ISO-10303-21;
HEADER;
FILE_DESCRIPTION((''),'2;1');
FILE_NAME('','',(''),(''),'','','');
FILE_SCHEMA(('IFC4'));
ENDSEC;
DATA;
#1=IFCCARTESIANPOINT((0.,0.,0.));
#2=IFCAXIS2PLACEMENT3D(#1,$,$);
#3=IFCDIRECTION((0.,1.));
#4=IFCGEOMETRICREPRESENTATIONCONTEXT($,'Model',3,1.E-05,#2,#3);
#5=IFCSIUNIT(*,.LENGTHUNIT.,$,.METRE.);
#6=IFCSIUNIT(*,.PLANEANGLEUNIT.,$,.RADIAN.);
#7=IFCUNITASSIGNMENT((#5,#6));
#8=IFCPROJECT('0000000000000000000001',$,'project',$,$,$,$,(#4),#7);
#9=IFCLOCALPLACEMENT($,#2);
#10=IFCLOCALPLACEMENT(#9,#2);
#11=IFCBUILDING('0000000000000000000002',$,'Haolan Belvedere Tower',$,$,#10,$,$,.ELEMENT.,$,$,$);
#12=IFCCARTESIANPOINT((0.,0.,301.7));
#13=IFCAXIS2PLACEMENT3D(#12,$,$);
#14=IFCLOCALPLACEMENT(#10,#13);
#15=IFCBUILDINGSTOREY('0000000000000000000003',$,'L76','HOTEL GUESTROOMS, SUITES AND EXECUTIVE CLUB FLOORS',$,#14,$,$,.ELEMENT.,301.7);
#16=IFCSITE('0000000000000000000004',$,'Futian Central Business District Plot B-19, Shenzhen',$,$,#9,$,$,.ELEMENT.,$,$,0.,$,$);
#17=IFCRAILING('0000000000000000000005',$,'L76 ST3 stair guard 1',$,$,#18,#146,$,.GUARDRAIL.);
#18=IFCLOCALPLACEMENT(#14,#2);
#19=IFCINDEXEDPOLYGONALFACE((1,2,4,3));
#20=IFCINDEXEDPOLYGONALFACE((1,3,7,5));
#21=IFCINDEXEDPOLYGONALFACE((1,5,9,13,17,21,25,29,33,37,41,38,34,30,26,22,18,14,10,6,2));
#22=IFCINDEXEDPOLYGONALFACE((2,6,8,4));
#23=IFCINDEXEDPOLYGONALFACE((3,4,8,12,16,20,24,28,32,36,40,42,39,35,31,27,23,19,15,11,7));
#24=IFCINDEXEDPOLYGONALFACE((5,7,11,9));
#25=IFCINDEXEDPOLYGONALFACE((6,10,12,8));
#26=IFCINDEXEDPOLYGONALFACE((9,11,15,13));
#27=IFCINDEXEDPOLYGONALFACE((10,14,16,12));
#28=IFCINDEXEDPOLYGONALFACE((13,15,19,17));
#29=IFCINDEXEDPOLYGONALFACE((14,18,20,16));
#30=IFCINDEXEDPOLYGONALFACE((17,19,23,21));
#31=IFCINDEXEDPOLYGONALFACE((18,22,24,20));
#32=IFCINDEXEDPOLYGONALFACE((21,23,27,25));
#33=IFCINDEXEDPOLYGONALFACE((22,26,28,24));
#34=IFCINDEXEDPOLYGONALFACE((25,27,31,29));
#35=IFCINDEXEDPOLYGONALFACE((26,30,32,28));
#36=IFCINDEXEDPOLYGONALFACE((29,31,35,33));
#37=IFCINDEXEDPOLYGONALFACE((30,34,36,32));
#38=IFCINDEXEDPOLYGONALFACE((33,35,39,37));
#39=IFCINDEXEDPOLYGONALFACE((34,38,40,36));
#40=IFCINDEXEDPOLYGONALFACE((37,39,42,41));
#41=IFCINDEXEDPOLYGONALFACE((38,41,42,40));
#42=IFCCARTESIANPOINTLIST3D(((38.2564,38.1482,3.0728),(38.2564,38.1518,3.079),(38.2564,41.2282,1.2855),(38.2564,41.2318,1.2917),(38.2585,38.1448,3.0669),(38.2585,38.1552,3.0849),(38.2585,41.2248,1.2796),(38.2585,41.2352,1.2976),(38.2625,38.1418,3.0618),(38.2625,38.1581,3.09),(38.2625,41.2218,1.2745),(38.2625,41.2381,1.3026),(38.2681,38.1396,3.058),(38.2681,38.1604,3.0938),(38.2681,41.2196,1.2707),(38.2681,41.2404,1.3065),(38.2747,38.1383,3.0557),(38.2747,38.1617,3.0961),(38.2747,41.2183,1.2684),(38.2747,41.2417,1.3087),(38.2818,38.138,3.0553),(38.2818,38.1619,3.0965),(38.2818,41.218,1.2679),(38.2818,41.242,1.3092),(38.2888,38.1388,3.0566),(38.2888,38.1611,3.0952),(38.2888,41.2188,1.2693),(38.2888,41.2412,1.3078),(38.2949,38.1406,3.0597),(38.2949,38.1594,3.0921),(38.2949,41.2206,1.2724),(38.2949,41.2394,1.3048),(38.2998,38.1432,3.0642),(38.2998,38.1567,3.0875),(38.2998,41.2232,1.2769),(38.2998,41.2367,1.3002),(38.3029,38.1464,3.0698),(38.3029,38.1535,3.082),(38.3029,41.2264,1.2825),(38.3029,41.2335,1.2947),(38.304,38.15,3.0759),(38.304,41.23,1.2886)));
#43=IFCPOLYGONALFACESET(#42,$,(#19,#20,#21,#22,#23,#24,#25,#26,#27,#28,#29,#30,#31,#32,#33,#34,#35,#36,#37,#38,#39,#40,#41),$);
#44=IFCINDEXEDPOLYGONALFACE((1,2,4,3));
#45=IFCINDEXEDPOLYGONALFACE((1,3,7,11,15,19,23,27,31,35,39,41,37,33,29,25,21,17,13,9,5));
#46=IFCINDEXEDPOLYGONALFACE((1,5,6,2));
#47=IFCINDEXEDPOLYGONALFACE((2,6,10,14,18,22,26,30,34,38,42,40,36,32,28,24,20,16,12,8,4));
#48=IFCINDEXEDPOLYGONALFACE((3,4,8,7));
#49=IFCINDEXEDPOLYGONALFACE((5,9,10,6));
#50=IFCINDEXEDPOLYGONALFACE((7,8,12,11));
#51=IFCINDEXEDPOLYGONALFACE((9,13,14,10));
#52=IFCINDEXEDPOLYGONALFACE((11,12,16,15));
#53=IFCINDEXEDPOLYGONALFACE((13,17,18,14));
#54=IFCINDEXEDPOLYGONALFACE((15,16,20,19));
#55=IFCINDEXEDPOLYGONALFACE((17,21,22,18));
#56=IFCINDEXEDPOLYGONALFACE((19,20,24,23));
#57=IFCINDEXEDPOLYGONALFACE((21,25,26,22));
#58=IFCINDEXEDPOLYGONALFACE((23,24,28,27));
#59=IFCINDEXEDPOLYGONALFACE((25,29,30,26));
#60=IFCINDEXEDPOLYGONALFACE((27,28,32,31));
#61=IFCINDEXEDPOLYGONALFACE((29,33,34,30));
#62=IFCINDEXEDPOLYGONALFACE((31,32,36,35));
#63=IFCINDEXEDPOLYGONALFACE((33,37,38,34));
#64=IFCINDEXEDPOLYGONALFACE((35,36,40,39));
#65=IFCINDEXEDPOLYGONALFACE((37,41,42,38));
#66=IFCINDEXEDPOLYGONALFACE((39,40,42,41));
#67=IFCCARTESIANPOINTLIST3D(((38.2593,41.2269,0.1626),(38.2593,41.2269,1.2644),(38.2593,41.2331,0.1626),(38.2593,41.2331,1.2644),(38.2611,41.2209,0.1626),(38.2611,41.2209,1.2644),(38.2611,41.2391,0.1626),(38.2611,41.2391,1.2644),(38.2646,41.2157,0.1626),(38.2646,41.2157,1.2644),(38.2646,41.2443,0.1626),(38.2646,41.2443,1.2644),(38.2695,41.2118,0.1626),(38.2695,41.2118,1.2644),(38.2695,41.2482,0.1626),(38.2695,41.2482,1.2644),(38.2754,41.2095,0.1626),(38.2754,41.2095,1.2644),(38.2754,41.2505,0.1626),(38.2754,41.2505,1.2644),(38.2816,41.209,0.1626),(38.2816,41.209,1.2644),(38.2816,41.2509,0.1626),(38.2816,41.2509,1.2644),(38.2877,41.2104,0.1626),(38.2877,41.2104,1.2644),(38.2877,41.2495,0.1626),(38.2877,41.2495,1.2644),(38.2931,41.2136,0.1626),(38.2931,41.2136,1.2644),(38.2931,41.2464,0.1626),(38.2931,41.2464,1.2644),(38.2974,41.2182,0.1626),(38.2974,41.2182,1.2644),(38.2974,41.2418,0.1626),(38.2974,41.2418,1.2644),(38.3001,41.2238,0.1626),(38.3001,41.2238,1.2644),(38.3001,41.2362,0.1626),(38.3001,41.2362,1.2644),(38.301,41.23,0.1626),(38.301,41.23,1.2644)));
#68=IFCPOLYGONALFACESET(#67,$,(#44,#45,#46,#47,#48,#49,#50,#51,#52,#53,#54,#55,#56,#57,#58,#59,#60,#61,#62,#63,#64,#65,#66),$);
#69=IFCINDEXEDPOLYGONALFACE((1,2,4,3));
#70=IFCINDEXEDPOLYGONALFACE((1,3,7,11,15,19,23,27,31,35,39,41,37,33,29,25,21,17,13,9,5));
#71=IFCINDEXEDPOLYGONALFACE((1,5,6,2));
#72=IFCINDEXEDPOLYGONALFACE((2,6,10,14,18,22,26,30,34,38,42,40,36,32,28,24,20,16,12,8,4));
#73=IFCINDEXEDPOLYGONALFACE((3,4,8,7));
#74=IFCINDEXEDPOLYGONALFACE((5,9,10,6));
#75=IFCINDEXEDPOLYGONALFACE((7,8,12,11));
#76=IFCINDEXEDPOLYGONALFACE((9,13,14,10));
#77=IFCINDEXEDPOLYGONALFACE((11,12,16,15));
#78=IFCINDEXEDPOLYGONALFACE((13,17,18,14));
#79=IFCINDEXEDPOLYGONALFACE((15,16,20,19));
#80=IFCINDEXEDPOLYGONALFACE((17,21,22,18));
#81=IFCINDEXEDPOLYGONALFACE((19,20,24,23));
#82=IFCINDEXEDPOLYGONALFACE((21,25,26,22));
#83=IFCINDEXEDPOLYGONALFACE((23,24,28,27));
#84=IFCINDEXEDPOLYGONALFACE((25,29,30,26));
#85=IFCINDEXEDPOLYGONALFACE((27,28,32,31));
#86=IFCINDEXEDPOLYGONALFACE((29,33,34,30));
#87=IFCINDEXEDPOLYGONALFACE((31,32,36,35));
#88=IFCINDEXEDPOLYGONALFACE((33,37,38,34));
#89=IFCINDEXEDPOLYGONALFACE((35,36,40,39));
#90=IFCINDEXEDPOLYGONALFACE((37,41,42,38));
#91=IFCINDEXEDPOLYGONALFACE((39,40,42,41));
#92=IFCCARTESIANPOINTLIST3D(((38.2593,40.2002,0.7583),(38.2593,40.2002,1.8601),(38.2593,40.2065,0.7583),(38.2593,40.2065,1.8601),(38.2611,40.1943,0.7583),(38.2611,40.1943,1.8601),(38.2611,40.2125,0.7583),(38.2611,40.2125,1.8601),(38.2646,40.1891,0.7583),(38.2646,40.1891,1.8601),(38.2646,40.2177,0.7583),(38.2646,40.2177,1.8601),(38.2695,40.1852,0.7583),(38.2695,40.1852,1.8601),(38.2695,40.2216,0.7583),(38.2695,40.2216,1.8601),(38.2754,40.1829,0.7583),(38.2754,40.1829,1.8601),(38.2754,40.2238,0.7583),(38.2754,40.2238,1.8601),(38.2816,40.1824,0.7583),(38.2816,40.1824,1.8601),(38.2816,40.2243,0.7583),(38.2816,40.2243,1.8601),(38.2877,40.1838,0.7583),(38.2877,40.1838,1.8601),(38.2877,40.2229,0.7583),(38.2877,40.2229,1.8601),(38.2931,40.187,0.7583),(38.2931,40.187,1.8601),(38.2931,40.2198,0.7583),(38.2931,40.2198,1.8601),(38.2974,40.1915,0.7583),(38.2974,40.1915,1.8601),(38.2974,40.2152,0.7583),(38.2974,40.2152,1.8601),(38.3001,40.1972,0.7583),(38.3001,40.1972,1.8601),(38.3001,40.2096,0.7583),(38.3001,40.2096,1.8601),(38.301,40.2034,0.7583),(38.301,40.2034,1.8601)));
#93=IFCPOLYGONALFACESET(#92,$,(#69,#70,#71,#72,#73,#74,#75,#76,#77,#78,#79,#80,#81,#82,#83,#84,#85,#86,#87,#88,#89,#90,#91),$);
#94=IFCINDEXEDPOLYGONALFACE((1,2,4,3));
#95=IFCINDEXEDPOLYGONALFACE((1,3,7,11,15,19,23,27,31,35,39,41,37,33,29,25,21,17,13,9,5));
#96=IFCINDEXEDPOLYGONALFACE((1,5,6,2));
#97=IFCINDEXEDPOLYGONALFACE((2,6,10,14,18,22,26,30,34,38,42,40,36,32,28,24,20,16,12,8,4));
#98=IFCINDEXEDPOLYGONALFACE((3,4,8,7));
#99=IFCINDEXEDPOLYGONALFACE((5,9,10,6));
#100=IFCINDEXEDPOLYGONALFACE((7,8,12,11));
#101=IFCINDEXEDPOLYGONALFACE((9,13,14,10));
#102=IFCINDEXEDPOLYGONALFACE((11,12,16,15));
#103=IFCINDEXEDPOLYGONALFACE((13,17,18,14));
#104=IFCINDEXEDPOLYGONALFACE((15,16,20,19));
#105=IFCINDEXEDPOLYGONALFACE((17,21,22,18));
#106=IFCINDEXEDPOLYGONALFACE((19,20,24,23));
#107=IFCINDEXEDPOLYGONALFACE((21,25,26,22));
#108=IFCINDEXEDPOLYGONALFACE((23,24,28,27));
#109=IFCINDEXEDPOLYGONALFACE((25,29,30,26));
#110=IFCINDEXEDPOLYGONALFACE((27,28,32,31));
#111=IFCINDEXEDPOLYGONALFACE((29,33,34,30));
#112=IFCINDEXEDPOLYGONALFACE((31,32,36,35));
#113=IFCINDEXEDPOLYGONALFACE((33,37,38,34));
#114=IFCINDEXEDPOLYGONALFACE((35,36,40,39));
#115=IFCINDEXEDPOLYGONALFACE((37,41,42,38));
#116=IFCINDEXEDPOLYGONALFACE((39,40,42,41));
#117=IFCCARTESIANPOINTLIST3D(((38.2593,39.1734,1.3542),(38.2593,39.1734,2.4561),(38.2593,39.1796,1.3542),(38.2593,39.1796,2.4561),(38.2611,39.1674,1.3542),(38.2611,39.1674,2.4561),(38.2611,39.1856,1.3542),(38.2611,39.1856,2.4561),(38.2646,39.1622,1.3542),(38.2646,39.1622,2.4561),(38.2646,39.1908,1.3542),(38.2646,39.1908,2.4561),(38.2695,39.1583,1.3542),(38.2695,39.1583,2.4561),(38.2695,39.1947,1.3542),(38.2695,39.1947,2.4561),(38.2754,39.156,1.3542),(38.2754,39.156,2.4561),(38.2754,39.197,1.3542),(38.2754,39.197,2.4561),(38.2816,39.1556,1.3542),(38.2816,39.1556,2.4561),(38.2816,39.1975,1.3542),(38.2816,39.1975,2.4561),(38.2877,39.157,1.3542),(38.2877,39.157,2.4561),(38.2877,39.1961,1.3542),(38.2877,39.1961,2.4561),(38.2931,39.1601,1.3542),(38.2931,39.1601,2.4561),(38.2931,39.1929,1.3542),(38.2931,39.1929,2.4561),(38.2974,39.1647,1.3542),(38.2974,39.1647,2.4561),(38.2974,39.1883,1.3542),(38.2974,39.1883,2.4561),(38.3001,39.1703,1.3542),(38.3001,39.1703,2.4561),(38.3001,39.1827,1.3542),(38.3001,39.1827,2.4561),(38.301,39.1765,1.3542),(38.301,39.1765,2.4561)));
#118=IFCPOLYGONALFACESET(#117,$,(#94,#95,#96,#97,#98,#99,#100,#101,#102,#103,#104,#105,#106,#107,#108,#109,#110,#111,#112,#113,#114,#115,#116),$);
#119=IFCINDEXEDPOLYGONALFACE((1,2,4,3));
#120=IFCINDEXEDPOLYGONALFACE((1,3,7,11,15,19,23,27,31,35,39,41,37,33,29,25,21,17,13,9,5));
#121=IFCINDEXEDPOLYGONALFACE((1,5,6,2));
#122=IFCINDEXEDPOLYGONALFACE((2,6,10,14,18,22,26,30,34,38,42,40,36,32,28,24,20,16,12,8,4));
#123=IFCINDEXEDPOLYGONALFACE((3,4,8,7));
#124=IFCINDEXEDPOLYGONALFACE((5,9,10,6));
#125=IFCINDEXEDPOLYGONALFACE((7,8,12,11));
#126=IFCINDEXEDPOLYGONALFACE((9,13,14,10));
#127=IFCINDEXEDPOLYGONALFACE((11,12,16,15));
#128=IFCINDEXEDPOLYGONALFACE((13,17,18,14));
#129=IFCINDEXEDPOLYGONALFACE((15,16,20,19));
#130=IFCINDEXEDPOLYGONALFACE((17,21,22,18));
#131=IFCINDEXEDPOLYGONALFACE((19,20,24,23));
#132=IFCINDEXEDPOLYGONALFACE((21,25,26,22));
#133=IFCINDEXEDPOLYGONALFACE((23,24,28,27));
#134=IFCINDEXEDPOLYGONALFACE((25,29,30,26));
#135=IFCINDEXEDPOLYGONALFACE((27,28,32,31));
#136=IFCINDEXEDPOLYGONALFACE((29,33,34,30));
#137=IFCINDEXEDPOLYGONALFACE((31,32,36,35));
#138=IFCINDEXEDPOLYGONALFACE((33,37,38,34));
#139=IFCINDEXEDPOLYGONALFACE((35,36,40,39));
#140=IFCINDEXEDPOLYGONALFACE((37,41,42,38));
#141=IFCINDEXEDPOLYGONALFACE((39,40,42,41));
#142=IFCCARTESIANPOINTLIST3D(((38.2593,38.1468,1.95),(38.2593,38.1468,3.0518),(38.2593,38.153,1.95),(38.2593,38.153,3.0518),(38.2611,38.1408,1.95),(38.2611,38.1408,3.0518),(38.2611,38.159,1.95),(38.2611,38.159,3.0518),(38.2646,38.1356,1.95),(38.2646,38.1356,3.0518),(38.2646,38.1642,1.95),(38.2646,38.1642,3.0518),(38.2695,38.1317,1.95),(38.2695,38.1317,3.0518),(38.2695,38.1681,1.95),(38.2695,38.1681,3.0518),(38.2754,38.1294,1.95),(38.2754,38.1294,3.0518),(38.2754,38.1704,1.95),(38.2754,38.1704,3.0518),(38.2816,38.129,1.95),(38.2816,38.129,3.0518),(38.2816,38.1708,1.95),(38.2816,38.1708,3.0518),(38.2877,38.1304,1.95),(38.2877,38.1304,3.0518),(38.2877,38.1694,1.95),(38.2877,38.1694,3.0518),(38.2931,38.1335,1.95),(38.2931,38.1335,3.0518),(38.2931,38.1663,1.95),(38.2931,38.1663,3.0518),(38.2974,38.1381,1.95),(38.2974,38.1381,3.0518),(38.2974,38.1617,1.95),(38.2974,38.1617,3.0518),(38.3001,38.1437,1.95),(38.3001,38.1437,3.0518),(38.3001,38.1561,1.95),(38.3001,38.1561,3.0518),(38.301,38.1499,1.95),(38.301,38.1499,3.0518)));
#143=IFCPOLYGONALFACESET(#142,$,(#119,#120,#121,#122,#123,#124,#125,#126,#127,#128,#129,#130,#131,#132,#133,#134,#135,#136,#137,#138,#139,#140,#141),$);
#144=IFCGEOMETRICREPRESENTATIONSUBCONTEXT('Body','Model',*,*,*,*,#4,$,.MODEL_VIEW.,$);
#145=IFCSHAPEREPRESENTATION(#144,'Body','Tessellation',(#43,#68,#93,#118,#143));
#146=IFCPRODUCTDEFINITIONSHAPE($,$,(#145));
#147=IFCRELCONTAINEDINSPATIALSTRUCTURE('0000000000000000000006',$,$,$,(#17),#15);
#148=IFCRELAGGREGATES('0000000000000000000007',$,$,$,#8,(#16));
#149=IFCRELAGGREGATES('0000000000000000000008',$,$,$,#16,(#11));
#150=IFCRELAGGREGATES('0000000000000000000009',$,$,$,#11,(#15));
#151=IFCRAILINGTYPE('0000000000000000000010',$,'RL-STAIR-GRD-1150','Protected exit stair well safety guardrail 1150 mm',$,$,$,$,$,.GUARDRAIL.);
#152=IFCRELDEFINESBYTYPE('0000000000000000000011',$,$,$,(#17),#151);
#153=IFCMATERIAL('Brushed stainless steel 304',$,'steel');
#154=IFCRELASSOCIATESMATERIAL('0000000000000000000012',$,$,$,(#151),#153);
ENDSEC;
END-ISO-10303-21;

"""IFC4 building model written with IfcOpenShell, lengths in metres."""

from ifc_helpers import new_model, si_unit, direction, frame, origin, origin_2d, place, context, subcontext, project, spatial, circle, extrude, material, type_object, element, save


model = new_model("IFC4")

# Units and contexts
model_context = context("Model", 3, precision=1e-05, world=origin(), true_north=direction((0.0, 1.0)))
body_context = subcontext(model_context, "Body", "Model", "MODEL_VIEW")
ifc_project = project(units=[si_unit("LENGTHUNIT", "METRE"), si_unit("PLANEANGLEUNIT", "RADIAN")], contexts=[model_context])

# Site, building, storey
site_placement = place(None, origin())
site = spatial("IfcSite", under=ifc_project, at=site_placement, Name="Futian Central Business District Plot B-19, Shenzhen", CompositionType="ELEMENT", RefElevation=0.0)
building_placement = place(site_placement, origin())
building = spatial("IfcBuilding", under=site, at=building_placement, Name="Haolan Belvedere Tower", CompositionType="ELEMENT")
storey_placement = place(building_placement, frame((0.0, 0.0, 301.7)))
storey = spatial("IfcBuildingStorey", under=building, at=storey_placement, Name="L76", Description="HOTEL GUESTROOMS, SUITES AND EXECUTIVE CLUB FLOORS", CompositionType="ELEMENT", Elevation=301.7)

# Railing
ifc_material_1 = material(Name="Brushed stainless steel 304", Category="steel")
railing_type_1 = type_object("IfcRailingType", Name="RL-STAIR-GRD-1150", Description="Protected exit stair well safety guardrail 1150 mm", PredefinedType="GUARDRAIL", material=ifc_material_1)
railing_1_placement = place(storey_placement, frame((38.28, 41.23, 0.1626)))
element("IfcRailing", 1, at=railing_1_placement, inside=storey, type_object=railing_type_1, Name="L76 ST3 stair guard 1", PredefinedType="GUARDRAIL", context=body_context, shape_type="SweptSolid", body=[
    extrude(circle(Radius=0.0239, at=origin_2d()), frame((0.0, 0.0, 1.126), z_axis=(0.0, -0.86492, 0.501909), x_axis=(1.0, 0.0, 0.0)), (0.0, 0.0, 1.0), 3.561),
    extrude(circle(Radius=0.021, at=origin_2d()), origin(), (0.0, 0.0, 1.0), 1.1018),
    extrude(circle(Radius=0.021, at=origin_2d()), frame((0.0, -1.0266, 0.5957)), (0.0, 0.0, 1.0), 1.1018),
    extrude(circle(Radius=0.021, at=origin_2d()), frame((0.0, -2.0535, 1.1917)), (0.0, 0.0, 1.0), 1.1018),
    extrude(circle(Radius=0.021, at=origin_2d()), frame((0.0, -3.0801, 1.7874)), (0.0, 0.0, 1.0), 1.1018),
])

save(model, "model.ifc")
